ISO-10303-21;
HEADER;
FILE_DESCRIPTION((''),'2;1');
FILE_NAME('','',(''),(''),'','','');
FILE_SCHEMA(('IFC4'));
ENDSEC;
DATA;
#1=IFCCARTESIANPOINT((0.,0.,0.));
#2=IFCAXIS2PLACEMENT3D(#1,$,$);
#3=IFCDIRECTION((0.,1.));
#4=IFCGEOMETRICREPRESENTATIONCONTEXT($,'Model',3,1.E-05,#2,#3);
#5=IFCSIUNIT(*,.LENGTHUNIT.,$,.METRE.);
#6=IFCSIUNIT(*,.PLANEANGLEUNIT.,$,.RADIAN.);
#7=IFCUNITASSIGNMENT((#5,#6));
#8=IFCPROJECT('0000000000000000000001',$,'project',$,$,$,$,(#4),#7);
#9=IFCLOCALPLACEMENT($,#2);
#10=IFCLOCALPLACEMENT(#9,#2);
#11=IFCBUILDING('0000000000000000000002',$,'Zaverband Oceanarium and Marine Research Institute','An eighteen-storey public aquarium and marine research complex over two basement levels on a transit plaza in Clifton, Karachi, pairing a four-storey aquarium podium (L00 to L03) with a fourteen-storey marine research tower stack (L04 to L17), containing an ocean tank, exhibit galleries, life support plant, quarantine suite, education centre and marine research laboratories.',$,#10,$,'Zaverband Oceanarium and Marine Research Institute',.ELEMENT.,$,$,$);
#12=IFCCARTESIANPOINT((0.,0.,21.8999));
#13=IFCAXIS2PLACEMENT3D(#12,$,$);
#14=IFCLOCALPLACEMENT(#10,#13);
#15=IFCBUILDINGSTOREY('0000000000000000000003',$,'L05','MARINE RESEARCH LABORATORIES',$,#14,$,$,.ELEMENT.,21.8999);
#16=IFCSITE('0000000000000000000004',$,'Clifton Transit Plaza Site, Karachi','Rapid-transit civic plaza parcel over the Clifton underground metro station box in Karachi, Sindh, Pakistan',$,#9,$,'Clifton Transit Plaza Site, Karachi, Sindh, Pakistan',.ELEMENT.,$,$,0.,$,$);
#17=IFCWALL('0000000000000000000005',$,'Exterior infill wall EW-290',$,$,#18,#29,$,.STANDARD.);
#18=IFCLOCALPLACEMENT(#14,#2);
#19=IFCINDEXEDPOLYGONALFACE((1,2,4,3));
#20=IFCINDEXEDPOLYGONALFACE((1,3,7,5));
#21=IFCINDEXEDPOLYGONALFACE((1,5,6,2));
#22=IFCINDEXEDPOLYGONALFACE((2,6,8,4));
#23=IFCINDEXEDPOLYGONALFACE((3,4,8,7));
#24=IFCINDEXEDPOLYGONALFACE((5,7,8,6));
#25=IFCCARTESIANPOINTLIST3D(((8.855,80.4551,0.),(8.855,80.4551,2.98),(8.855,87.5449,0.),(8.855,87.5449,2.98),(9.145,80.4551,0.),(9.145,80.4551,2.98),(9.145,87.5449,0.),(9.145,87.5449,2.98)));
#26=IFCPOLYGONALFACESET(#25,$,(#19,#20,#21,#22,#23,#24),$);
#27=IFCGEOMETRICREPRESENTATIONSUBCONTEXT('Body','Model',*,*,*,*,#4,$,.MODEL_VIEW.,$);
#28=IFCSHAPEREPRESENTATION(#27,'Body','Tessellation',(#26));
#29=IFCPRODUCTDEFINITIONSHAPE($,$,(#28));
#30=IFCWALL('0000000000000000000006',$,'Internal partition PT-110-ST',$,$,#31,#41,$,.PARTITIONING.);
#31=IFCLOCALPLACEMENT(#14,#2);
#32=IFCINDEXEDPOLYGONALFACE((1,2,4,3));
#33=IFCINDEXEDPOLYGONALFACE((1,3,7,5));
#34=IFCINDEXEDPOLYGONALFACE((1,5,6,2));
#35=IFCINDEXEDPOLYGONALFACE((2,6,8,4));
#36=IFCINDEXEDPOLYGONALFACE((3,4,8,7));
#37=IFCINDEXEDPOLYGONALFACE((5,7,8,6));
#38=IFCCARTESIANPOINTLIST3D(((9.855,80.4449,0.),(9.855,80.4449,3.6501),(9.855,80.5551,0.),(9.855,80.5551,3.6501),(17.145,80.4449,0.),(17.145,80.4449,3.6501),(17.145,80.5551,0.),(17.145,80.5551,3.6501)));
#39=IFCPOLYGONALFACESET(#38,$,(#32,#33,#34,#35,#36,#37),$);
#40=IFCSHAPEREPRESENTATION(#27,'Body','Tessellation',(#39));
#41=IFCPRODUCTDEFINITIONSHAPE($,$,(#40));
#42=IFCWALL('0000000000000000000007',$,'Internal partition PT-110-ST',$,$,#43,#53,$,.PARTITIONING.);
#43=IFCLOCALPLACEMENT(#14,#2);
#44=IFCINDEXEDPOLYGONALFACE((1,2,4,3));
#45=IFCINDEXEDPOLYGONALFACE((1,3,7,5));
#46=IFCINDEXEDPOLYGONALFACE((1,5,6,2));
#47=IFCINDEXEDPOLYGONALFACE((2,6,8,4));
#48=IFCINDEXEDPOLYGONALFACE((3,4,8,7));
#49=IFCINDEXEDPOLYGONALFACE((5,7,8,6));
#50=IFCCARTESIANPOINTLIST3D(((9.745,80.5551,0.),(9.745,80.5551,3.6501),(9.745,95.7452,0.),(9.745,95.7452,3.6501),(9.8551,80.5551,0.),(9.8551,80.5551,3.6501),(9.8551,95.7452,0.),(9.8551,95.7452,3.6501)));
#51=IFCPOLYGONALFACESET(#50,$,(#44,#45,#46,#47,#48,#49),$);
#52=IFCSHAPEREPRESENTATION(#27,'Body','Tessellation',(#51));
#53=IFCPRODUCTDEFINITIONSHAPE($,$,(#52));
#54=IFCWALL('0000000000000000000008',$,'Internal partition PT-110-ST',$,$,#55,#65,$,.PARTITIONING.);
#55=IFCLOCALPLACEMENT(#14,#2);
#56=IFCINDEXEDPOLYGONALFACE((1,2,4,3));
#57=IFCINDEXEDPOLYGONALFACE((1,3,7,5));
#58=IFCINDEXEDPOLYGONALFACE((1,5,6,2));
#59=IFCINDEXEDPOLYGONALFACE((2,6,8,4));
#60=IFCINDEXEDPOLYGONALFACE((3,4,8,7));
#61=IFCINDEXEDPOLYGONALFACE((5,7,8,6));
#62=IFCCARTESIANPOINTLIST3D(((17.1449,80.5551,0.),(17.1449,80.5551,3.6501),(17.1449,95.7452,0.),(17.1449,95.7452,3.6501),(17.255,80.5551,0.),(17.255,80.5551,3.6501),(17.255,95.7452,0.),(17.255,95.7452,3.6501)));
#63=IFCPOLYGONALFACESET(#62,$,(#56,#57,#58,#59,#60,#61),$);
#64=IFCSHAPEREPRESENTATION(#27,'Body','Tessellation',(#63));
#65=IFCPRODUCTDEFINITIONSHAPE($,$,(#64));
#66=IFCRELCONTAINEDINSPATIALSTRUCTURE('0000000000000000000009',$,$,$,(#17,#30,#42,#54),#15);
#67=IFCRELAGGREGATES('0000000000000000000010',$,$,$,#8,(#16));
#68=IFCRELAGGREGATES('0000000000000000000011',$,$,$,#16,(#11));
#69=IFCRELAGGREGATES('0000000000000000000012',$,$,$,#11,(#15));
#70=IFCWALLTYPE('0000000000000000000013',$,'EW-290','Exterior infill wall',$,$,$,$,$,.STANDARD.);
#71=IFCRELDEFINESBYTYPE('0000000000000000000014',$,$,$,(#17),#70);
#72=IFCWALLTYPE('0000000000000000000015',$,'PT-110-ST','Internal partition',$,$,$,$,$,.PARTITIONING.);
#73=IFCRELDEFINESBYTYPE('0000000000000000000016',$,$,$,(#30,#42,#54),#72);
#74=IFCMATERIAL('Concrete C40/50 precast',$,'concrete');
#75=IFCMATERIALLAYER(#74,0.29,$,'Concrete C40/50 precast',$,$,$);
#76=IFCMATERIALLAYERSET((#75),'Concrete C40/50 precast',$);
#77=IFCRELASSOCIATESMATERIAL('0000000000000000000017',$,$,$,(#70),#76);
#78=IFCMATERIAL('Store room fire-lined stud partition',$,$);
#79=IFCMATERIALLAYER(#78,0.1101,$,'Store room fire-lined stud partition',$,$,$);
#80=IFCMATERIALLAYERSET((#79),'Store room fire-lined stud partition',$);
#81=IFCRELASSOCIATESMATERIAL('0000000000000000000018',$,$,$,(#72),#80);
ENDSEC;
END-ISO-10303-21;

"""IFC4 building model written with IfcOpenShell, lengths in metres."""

from ifc_helpers import new_model, si_unit, direction, frame, frame_2d, origin, place, context, subcontext, project, spatial, rectangle, extrude, material, layer, layer_set, type_object, element, save


model = new_model("IFC4")

# Units and contexts
model_context = context("Model", 3, precision=1e-05, world=origin(), true_north=direction((0.0, 1.0)))
body_context = subcontext(model_context, "Body", "Model", "MODEL_VIEW")
ifc_project = project(units=[si_unit("LENGTHUNIT", "METRE"), si_unit("PLANEANGLEUNIT", "RADIAN")], contexts=[model_context])

# Site, building, storey
site_placement = place(None, origin())
site = spatial("IfcSite", under=ifc_project, at=site_placement, Name="Clifton Transit Plaza Site, Karachi", Description="Rapid-transit civic plaza parcel over the Clifton underground metro station box in Karachi, Sindh, Pakistan", LongName="Clifton Transit Plaza Site, Karachi, Sindh, Pakistan", CompositionType="ELEMENT", RefElevation=0.0)
building_placement = place(site_placement, origin())
building = spatial("IfcBuilding", under=site, at=building_placement, Name="Zaverband Oceanarium and Marine Research Institute", Description="An eighteen-storey public aquarium and marine research complex over two basement levels on a transit plaza in Clifton, Karachi, pairing a four-storey aquarium podium (L00 to L03) with a fourteen-storey marine research tower stack (L04 to L17), containing an ocean tank, exhibit galleries, life support plant, quarantine suite, education centre and marine research laboratories.", LongName="Zaverband Oceanarium and Marine Research Institute", CompositionType="ELEMENT")
storey_placement = place(building_placement, frame((0.0, 0.0, 21.8999)))
storey = spatial("IfcBuildingStorey", under=building, at=storey_placement, Name="L05", Description="MARINE RESEARCH LABORATORIES", CompositionType="ELEMENT", Elevation=21.8999)

# Walls
ifc_material_1 = material(Name="Concrete C40/50 precast", Category="concrete")
ifc_layer_1 = layer(ifc_material_1, 0.29, Name="Concrete C40/50 precast")
ifc_layer_set_1 = layer_set([ifc_layer_1], Name="Concrete C40/50 precast")
wall_type_1 = type_object("IfcWallType", Name="EW-290", Description="Exterior infill wall", PredefinedType="STANDARD", material=ifc_layer_set_1)
wall_1_placement = place(storey_placement, frame((9.0, 80.4551, 0.0), z_axis=(0.0, 0.0, 1.0), x_axis=(0.0, 1.0, 0.0)))
element("IfcWall", 1, at=wall_1_placement, inside=storey, type_object=wall_type_1, Name="Exterior infill wall EW-290", PredefinedType="STANDARD", context=body_context, shape_type="SweptSolid", body=[
    extrude(rectangle(XDim=7.0898, YDim=0.29, at=frame_2d((3.5449, 0.0))), origin(), (0.0, 0.0, 1.0), 2.98),
])
ifc_material_2 = material(Name="Store room fire-lined stud partition")
ifc_layer_2 = layer(ifc_material_2, 0.1101, Name="Store room fire-lined stud partition")
ifc_layer_set_2 = layer_set([ifc_layer_2], Name="Store room fire-lined stud partition")
wall_type_2 = type_object("IfcWallType", Name="PT-110-ST", Description="Internal partition", PredefinedType="PARTITIONING", material=ifc_layer_set_2)
wall_2_placement = place(storey_placement, frame((9.855, 80.5, 0.0), z_axis=(0.0, 0.0, 1.0), x_axis=(1.0, 0.0, 0.0)))
element("IfcWall", 2, at=wall_2_placement, inside=storey, type_object=wall_type_2, Name="Internal partition PT-110-ST", PredefinedType="PARTITIONING", context=body_context, shape_type="SweptSolid", body=[
    extrude(rectangle(XDim=7.29, YDim=0.1101, at=frame_2d((3.645, 0.0))), origin(), (0.0, 0.0, 1.0), 3.6501),
])
for number, where, z_axis, x_axis, name in (
    (3, (9.8, 80.5549, 0.0), (0.0, 0.0, 1.0), (0.0, 1.0, 0.0), "Internal partition PT-110-ST"),
    (4, (17.2, 80.5549, 0.0), (0.0, 0.0, 1.0), (0.0, 1.0, 0.0), "Internal partition PT-110-ST"),
):
    element("IfcWall", number, at=place(storey_placement, frame(where, z_axis=z_axis, x_axis=x_axis)), inside=storey, type_object=wall_type_2, Name=name, PredefinedType="PARTITIONING", context=body_context, shape_type="SweptSolid", body=[
        extrude(rectangle(XDim=15.1902, YDim=0.1101, at=frame_2d((7.5952, 0.0))), origin(), (0.0, 0.0, 1.0), 3.6501),
    ])

save(model, "model.ifc")
